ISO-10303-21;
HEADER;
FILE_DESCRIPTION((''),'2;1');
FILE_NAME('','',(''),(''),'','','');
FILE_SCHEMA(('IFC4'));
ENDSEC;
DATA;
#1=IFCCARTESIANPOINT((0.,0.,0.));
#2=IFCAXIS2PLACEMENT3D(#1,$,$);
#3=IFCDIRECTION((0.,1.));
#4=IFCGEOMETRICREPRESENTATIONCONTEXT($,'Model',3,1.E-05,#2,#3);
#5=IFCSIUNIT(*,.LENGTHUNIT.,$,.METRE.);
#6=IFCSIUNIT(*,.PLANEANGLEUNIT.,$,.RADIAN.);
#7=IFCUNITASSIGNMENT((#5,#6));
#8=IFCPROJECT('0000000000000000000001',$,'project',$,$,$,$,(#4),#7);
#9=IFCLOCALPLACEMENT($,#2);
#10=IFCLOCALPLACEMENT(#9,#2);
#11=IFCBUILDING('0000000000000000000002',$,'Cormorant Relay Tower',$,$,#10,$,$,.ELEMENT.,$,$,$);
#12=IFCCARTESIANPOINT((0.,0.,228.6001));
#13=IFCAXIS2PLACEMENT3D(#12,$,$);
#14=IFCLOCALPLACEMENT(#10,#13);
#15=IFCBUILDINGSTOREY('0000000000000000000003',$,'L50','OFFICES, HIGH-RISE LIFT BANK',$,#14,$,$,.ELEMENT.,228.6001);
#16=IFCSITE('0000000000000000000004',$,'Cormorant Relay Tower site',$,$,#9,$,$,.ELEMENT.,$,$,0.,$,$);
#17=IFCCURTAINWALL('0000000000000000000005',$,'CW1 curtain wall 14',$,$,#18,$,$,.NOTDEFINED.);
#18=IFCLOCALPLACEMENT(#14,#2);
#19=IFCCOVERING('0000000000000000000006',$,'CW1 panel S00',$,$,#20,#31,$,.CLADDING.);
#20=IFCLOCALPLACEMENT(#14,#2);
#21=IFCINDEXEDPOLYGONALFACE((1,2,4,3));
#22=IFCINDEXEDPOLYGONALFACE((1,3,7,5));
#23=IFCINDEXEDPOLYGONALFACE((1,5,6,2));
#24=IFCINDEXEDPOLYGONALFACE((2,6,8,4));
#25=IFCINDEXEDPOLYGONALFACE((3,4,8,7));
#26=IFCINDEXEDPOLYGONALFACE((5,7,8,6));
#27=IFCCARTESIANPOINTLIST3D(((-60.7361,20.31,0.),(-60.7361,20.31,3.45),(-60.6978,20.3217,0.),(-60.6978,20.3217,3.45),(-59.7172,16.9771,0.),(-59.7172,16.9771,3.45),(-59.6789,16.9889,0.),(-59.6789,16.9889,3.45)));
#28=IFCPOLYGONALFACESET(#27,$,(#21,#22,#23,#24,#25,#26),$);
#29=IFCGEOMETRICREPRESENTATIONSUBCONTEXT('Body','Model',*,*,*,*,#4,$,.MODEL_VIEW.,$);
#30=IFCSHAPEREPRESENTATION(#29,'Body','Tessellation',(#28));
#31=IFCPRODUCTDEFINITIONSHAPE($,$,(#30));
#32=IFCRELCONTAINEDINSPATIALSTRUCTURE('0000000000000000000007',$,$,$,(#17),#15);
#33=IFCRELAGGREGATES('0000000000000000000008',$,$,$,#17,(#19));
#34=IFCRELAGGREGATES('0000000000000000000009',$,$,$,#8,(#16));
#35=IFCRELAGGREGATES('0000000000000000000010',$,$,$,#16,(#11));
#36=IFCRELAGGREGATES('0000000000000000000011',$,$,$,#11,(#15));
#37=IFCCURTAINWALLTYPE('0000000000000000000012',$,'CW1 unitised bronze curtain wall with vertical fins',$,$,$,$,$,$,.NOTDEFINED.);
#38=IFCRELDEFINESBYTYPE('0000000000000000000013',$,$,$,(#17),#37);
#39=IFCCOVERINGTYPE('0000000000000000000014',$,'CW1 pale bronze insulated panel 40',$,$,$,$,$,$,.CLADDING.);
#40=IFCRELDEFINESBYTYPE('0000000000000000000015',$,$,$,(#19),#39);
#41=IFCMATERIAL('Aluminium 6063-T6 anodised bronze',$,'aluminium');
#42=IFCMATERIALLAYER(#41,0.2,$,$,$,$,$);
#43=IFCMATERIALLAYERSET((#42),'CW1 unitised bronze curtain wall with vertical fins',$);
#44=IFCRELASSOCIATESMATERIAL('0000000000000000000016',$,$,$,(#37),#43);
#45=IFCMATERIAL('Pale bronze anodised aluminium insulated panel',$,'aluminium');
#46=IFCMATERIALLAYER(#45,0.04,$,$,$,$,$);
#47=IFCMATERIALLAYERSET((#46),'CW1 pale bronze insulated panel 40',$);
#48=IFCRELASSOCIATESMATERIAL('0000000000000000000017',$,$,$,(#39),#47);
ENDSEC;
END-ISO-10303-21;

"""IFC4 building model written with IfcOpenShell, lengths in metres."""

from ifc_helpers import new_model, si_unit, direction, frame, origin, origin_2d, place, context, subcontext, project, spatial, rectangle, extrude, material, layer, layer_set, type_object, element, aggregate, save


model = new_model("IFC4")

# Units and contexts
model_context = context("Model", 3, precision=1e-05, world=origin(), true_north=direction((0.0, 1.0)))
body_context = subcontext(model_context, "Body", "Model", "MODEL_VIEW")
ifc_project = project(units=[si_unit("LENGTHUNIT", "METRE"), si_unit("PLANEANGLEUNIT", "RADIAN")], contexts=[model_context])

# Site, building, storey
site_placement = place(None, origin())
site = spatial("IfcSite", under=ifc_project, at=site_placement, Name="Cormorant Relay Tower site", CompositionType="ELEMENT", RefElevation=0.0)
building_placement = place(site_placement, origin())
building = spatial("IfcBuilding", under=site, at=building_placement, Name="Cormorant Relay Tower", CompositionType="ELEMENT")
storey_placement = place(building_placement, frame((0.0, 0.0, 228.6001)))
storey = spatial("IfcBuildingStorey", under=building, at=storey_placement, Name="L50", Description="OFFICES, HIGH-RISE LIFT BANK", CompositionType="ELEMENT", Elevation=228.6001)

# Shared definitions
ifc_material_1 = material(Name="Aluminium 6063-T6 anodised bronze", Category="aluminium")
ifc_layer_1 = layer(ifc_material_1, 0.2)
ifc_layer_set_1 = layer_set([ifc_layer_1], Name="CW1 unitised bronze curtain wall with vertical fins")
curtain_wall_type = type_object("IfcCurtainWallType", Name="CW1 unitised bronze curtain wall with vertical fins", PredefinedType="NOTDEFINED", material=ifc_layer_set_1)

# Curtain wall
curtain_wall_1_placement = place(storey_placement, origin())
curtain_wall_1 = element("IfcCurtainWall", 1, at=curtain_wall_1_placement, inside=storey, type_object=curtain_wall_type, Name="CW1 curtain wall 14", PredefinedType="NOTDEFINED")

# Covering
ifc_material_2 = material(Name="Pale bronze anodised aluminium insulated panel", Category="aluminium")
ifc_layer_2 = layer(ifc_material_2, 0.04)
ifc_layer_set_2 = layer_set([ifc_layer_2], Name="CW1 pale bronze insulated panel 40")
covering_type = type_object("IfcCoveringType", Name="CW1 pale bronze insulated panel 40", PredefinedType="CLADDING", material=ifc_layer_set_2)
covering_1_placement = place(storey_placement, frame((-60.2075, 18.6494, 0.0), z_axis=(0.0, 0.0, 1.0), x_axis=(0.292372, -0.956305, 0.0)))
covering_1 = element("IfcCovering", 2, at=covering_1_placement, type_object=covering_type, Name="CW1 panel S00", PredefinedType="CLADDING", context=body_context, shape_type="SweptSolid", body=[
    extrude(rectangle(XDim=3.4851, YDim=0.04, at=origin_2d()), origin(), (0.0, 0.0, 1.0), 3.45),
])
aggregate(curtain_wall_1, [covering_1])

save(model, "model.ifc")
